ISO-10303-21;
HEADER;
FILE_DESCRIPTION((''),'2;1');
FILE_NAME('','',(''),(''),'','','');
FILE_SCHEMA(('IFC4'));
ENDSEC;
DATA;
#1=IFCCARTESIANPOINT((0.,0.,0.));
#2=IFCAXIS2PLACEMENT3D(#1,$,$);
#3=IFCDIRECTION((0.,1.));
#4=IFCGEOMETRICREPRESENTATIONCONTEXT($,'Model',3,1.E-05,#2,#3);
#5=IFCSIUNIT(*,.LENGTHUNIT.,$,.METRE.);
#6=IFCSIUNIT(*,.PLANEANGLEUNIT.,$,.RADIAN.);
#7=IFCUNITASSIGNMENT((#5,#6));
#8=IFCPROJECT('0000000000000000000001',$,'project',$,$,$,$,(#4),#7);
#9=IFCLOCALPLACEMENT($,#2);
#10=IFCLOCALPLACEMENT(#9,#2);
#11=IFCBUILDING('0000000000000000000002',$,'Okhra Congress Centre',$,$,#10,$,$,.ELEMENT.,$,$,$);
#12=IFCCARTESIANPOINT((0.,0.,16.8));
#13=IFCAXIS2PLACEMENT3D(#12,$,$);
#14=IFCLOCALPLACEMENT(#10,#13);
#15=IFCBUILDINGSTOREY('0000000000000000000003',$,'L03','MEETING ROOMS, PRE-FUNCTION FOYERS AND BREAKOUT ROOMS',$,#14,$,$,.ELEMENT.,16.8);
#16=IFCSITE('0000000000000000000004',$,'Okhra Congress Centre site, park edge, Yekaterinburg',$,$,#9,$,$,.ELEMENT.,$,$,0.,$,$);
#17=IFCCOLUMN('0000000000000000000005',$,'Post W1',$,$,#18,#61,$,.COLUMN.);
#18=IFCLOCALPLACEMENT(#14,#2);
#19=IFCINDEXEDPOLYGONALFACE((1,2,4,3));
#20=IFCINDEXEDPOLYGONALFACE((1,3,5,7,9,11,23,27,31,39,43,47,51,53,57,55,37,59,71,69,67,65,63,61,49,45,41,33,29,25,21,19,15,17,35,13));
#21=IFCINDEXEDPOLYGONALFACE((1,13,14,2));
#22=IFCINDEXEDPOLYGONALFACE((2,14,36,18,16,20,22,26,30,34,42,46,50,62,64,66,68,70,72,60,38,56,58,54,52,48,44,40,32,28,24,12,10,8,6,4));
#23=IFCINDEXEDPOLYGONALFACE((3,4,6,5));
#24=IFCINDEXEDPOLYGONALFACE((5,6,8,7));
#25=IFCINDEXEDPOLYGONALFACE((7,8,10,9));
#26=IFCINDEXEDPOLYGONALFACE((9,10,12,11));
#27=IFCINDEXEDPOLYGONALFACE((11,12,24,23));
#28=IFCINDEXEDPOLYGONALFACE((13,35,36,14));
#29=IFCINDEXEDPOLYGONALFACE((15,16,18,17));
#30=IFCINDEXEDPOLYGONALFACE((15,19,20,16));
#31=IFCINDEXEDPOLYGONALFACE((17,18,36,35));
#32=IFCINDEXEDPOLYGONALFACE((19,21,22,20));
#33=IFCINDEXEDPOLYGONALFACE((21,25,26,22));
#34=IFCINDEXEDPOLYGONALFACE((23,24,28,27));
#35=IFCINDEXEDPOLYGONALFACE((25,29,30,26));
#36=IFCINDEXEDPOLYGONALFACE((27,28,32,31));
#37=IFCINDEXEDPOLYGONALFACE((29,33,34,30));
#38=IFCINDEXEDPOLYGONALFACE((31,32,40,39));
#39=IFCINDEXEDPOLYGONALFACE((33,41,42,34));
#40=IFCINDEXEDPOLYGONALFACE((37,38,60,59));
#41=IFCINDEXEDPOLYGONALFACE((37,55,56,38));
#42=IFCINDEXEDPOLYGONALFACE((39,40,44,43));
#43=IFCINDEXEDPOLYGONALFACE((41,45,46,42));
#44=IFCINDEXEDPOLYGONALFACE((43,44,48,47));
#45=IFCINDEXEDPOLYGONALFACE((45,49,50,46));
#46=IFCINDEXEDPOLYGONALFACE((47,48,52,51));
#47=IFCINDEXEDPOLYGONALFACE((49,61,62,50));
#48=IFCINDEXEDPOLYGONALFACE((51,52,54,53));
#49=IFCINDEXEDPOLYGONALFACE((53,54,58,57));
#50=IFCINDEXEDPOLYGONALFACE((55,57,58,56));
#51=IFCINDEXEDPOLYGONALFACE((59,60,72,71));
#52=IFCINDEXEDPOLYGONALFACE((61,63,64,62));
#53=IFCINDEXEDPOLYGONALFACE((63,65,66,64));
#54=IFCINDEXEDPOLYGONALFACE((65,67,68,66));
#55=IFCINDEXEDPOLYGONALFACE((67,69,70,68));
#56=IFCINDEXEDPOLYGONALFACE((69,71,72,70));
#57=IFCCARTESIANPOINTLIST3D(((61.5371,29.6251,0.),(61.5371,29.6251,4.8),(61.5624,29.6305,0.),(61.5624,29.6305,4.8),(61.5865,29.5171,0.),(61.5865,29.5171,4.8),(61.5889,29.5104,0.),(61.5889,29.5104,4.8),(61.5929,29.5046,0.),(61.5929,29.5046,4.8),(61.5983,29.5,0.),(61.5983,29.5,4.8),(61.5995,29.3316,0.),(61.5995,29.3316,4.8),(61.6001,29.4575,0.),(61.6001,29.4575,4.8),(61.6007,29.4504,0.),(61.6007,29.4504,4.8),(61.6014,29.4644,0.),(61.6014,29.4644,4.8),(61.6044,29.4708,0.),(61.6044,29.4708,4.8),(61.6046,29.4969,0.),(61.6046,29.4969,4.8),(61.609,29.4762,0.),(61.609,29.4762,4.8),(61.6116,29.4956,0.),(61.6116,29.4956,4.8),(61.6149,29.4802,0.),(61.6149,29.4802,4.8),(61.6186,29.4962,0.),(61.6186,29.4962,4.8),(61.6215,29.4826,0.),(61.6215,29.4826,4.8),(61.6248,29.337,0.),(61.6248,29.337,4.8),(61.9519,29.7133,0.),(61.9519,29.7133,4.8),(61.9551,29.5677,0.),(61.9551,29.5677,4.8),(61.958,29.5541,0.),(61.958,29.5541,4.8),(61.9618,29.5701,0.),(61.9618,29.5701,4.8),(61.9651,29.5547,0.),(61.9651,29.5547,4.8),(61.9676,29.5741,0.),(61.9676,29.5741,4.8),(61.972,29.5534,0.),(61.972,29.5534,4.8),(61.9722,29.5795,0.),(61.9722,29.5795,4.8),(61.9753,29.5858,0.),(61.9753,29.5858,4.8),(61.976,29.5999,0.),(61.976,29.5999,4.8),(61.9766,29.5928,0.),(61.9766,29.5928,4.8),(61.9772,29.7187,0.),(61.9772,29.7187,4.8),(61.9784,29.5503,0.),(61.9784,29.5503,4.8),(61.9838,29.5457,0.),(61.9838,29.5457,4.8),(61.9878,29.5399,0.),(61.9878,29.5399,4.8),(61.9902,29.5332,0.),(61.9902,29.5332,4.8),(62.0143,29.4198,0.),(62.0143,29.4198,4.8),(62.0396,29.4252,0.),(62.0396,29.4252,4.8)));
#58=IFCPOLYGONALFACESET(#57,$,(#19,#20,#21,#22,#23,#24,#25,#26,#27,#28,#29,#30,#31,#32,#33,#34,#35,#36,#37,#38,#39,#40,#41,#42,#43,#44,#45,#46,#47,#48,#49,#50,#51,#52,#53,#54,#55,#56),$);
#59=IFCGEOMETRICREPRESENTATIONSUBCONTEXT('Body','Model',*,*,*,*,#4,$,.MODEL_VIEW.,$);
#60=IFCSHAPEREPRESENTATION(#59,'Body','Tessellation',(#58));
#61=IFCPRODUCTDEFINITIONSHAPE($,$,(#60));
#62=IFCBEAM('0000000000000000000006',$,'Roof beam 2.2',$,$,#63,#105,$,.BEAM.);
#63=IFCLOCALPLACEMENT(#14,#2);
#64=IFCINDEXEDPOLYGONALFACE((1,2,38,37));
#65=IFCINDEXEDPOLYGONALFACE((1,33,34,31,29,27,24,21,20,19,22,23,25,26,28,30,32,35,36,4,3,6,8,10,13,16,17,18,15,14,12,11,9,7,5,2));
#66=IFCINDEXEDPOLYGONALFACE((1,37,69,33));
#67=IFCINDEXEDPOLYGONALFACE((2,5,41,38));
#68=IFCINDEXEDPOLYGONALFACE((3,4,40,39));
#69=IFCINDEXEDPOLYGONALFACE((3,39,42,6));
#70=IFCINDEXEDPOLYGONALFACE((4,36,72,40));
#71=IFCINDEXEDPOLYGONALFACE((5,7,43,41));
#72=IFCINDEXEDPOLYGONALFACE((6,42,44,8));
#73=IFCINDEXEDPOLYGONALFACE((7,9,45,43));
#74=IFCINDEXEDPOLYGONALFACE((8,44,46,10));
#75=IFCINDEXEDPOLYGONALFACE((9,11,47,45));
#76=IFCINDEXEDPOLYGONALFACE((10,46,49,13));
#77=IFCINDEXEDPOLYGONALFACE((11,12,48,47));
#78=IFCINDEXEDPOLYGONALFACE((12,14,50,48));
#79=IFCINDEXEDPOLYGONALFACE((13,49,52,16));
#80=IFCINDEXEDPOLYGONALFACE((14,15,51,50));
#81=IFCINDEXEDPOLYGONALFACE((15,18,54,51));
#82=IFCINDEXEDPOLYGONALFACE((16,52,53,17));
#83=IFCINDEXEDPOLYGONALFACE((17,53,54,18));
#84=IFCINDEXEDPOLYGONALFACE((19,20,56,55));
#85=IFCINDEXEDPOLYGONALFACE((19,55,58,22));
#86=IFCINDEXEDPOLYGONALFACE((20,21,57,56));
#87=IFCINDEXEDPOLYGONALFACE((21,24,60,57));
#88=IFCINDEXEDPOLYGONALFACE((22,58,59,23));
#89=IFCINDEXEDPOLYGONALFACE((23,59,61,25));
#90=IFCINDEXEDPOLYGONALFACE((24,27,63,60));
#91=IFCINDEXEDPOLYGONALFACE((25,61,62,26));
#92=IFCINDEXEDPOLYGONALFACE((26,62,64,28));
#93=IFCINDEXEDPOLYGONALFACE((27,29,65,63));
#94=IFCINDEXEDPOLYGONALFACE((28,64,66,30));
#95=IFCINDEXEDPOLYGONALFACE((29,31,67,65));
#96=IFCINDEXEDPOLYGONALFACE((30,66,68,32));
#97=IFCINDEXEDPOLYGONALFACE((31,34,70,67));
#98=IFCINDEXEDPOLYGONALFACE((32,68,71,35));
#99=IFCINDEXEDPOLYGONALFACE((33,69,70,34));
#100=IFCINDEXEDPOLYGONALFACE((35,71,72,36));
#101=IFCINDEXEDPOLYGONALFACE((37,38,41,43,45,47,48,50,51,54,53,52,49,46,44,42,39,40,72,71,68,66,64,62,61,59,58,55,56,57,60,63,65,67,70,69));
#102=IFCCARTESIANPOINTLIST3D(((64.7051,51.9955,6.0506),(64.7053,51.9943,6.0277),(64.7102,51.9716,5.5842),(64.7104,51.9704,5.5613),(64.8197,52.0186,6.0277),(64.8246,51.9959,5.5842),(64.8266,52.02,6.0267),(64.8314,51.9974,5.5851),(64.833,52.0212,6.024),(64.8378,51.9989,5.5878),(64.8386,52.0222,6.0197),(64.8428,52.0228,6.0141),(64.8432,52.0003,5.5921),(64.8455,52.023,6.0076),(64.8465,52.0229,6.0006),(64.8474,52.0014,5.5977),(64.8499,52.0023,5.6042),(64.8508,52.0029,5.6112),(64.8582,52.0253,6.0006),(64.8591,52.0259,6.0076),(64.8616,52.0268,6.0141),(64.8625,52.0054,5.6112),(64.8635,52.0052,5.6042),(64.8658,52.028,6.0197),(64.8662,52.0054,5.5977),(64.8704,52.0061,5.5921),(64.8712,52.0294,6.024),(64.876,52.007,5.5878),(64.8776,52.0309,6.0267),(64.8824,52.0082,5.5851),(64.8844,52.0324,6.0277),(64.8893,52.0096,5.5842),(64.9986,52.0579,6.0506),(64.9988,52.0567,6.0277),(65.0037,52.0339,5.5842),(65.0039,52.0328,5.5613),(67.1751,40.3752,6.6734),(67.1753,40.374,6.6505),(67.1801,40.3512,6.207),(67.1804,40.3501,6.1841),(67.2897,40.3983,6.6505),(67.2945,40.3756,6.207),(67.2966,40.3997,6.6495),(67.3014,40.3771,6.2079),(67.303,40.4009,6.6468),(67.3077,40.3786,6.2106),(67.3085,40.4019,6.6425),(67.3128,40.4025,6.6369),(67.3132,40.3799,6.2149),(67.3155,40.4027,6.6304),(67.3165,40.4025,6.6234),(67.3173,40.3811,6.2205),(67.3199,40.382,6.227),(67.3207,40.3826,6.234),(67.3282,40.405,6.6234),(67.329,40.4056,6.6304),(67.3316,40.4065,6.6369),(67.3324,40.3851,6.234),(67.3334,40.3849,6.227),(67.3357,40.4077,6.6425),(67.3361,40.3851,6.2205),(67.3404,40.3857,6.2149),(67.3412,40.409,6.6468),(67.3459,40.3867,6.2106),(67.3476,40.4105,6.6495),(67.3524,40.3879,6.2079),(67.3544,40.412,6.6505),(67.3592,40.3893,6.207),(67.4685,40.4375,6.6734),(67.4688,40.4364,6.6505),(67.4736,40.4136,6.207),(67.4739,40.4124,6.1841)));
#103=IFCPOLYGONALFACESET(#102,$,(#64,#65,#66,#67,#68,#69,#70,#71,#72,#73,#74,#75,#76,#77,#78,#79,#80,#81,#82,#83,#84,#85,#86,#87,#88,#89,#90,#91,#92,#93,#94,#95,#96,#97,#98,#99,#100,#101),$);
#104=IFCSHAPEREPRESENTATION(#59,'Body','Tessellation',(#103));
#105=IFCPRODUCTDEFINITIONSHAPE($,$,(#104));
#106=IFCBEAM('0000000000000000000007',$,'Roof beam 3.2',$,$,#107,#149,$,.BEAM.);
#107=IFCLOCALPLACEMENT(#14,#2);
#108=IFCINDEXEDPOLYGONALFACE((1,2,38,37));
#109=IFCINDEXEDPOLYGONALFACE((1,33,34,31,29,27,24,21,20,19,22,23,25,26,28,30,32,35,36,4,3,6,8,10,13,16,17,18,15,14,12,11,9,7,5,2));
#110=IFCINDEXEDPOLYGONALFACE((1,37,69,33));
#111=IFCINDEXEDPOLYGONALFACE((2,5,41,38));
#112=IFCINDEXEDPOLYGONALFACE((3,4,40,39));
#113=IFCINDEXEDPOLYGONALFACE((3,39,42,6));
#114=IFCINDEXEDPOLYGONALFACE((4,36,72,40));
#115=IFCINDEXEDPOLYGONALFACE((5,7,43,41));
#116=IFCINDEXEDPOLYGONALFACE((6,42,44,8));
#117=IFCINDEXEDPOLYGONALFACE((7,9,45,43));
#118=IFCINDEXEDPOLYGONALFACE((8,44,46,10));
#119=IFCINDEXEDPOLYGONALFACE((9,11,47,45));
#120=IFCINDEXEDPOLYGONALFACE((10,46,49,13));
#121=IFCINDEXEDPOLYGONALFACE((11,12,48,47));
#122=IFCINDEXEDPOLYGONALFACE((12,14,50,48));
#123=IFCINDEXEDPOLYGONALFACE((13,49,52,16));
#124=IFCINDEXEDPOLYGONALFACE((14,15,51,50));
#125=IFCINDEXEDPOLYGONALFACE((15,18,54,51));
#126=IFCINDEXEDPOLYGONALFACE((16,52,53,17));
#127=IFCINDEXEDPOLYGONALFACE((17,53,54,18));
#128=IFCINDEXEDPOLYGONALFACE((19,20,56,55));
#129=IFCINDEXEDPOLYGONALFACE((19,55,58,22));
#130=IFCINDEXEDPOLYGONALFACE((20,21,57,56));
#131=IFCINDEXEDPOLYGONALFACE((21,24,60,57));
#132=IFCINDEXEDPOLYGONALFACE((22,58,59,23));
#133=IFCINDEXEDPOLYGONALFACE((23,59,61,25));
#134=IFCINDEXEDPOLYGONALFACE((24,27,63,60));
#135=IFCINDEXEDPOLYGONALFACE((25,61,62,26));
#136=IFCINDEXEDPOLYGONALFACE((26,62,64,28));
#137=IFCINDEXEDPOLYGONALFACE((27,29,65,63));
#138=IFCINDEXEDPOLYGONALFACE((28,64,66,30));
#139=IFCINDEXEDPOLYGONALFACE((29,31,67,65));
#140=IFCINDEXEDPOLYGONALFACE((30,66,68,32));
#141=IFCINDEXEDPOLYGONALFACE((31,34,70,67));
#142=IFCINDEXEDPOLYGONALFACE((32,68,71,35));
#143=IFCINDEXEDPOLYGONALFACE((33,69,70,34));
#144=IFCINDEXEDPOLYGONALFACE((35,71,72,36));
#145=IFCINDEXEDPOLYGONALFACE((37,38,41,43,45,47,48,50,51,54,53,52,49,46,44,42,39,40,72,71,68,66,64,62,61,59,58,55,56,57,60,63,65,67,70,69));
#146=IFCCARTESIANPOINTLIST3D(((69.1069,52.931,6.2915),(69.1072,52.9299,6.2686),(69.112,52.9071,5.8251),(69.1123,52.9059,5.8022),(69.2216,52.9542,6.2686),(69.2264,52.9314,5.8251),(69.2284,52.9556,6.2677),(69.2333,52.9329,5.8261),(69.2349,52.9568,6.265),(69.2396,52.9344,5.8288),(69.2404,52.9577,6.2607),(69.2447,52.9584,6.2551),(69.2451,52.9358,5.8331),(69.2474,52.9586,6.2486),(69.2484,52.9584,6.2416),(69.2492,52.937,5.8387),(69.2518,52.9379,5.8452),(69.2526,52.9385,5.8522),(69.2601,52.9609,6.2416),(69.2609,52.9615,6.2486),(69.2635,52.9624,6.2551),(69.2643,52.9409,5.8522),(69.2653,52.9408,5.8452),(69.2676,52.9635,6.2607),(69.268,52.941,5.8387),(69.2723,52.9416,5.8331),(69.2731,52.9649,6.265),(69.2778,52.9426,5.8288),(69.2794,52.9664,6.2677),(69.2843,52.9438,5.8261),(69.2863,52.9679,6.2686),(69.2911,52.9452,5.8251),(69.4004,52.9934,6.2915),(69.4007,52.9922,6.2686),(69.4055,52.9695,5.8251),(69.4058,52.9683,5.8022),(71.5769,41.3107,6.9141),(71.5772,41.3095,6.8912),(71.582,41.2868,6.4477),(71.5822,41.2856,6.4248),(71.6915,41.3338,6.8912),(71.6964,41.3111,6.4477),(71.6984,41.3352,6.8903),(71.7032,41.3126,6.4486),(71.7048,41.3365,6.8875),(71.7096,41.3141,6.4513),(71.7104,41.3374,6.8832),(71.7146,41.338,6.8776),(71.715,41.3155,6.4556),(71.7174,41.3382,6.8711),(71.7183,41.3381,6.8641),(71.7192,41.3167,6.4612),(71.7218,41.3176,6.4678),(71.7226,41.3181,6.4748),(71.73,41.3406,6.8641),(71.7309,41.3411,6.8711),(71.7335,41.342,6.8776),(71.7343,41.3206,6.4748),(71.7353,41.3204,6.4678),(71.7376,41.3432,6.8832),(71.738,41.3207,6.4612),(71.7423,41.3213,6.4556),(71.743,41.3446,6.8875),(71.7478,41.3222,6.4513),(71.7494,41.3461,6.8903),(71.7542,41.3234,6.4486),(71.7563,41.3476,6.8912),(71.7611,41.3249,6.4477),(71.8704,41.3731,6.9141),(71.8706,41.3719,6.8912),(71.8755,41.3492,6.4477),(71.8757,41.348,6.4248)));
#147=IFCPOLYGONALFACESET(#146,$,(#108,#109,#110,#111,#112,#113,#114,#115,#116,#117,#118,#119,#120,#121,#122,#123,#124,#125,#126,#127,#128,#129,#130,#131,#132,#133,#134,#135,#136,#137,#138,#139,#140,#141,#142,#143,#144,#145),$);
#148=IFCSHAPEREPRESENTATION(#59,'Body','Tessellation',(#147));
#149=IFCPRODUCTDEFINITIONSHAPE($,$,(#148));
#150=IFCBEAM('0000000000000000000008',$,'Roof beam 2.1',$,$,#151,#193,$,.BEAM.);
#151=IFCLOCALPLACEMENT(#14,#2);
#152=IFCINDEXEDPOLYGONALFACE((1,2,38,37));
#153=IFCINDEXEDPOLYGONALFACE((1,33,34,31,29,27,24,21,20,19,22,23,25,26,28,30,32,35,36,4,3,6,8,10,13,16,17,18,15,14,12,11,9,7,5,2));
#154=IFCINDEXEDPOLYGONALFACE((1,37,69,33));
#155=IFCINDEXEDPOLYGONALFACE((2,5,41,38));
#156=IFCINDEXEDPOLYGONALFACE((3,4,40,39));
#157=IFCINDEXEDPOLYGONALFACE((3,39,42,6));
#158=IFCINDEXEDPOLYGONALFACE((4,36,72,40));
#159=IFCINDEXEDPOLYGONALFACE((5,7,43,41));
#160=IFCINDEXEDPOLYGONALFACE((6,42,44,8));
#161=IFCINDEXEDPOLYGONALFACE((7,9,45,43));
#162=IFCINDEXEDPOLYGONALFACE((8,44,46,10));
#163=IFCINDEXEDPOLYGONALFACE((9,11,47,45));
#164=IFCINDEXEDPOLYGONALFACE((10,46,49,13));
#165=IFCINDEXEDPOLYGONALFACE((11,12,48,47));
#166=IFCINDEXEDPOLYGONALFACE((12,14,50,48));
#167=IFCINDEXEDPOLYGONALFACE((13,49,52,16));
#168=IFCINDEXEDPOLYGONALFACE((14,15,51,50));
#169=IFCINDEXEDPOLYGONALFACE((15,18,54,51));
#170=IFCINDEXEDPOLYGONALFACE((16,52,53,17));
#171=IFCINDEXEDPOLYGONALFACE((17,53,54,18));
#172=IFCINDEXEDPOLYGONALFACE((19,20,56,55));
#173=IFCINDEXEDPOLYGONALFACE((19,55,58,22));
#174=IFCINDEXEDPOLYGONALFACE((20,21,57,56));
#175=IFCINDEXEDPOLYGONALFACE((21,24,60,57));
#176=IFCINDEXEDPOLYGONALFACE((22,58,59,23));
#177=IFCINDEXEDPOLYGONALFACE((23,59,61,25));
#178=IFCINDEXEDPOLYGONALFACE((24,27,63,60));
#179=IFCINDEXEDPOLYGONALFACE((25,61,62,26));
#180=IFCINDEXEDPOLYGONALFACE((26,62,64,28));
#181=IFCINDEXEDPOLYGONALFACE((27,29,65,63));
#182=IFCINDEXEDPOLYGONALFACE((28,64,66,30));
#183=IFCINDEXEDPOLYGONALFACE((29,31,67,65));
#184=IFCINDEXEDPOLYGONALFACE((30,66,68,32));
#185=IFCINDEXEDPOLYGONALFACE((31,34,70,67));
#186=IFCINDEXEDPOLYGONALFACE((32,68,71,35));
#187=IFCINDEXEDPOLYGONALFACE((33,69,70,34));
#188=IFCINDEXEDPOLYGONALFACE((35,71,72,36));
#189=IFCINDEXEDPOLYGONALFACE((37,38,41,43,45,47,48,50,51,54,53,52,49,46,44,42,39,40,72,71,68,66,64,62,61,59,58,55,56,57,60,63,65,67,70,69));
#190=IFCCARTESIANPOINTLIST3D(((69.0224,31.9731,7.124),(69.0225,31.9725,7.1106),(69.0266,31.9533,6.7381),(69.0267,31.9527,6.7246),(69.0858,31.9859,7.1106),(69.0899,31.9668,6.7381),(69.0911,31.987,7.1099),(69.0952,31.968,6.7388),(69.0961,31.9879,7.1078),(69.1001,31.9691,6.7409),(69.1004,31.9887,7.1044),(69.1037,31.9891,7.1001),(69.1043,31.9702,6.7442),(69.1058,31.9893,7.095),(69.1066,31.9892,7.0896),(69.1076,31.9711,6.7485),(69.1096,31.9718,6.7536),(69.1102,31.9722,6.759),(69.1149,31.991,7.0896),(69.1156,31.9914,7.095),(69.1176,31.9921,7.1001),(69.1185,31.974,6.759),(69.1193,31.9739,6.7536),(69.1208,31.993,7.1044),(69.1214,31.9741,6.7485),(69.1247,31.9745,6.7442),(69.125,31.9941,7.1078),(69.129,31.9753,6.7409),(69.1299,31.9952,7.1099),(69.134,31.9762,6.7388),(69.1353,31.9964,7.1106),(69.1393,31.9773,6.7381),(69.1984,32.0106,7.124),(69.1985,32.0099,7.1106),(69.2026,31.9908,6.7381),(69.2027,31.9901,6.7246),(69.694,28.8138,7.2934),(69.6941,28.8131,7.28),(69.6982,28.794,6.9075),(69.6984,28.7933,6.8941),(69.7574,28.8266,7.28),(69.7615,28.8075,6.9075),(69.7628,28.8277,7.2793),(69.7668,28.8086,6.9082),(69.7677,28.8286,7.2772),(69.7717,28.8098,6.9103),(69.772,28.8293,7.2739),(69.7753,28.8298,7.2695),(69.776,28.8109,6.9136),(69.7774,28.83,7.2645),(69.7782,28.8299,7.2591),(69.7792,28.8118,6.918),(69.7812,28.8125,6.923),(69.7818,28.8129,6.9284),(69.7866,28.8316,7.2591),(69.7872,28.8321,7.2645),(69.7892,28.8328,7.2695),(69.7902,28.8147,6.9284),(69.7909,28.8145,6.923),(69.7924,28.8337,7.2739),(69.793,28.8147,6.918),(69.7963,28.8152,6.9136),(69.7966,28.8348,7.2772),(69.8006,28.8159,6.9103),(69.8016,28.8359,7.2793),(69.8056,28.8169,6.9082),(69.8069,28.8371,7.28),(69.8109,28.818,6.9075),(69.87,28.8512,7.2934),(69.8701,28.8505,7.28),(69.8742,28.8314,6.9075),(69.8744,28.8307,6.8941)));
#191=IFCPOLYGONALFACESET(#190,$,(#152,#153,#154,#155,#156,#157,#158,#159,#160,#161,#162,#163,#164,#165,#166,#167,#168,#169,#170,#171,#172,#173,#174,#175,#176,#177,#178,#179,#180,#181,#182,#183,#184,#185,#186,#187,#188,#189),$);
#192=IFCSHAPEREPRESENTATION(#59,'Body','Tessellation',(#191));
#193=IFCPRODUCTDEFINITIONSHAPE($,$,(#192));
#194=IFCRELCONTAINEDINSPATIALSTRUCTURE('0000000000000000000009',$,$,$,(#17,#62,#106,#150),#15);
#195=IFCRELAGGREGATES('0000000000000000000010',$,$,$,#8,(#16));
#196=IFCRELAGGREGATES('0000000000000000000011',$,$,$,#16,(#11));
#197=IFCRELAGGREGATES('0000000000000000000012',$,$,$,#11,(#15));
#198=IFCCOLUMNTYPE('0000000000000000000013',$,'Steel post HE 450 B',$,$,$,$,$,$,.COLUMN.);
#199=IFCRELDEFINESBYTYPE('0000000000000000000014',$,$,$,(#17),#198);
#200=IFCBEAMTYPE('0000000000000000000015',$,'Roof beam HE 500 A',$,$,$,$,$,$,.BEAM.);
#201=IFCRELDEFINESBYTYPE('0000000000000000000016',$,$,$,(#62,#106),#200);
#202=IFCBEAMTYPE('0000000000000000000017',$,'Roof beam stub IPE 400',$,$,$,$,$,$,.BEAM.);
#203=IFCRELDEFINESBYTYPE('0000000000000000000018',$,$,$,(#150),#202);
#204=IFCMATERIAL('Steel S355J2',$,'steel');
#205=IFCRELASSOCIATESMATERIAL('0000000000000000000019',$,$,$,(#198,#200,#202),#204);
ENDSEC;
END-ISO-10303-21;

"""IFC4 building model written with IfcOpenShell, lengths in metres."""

from ifc_helpers import new_model, si_unit, direction, frame, origin, origin_2d, place, context, subcontext, project, spatial, i_section, extrude, material, material_profile, profile_set, type_object, element, save


model = new_model("IFC4")

# Units and contexts
model_context = context("Model", 3, precision=1e-05, world=origin(), true_north=direction((0.0, 1.0)))
body_context = subcontext(model_context, "Body", "Model", "MODEL_VIEW")
ifc_project = project(units=[si_unit("LENGTHUNIT", "METRE"), si_unit("PLANEANGLEUNIT", "RADIAN")], contexts=[model_context])

# Site, building, storey
site_placement = place(None, origin())
site = spatial("IfcSite", under=ifc_project, at=site_placement, Name="Okhra Congress Centre site, park edge, Yekaterinburg", CompositionType="ELEMENT", RefElevation=0.0)
building_placement = place(site_placement, origin())
building = spatial("IfcBuilding", under=site, at=building_placement, Name="Okhra Congress Centre", CompositionType="ELEMENT")
storey_placement = place(building_placement, frame((0.0, 0.0, 16.8)))
storey = spatial("IfcBuildingStorey", under=building, at=storey_placement, Name="L03", Description="MEETING ROOMS, PRE-FUNCTION FOYERS AND BREAKOUT ROOMS", CompositionType="ELEMENT", Elevation=16.8)

# Column
ifc_material_1 = material(Name="Steel S355J2", Category="steel")
ifc_material_profile_1 = material_profile(ifc_material_1, i_section(OverallWidth=0.3, OverallDepth=0.45, WebThickness=0.0139, FlangeThickness=0.0259, FilletRadius=0.0271, at=origin_2d()), Name="HE 450 B")
ifc_profile_set_1 = profile_set([ifc_material_profile_1], Name="Steel S355J2")
column_type = type_object("IfcColumnType", Name="Steel post HE 450 B", PredefinedType="COLUMN", material=ifc_profile_set_1)
column_placement = place(storey_placement, frame((61.7883, 29.5251, 0.0), z_axis=(0.0, 0.0, 1.0), x_axis=(-0.207912, 0.978148, 0.0)))
element("IfcColumn", 1, at=column_placement, inside=storey, type_object=column_type, Name="Post W1", PredefinedType="COLUMN", context=body_context, shape_type="SweptSolid", body=[
    extrude(i_section(OverallWidth=0.3, OverallDepth=0.45, WebThickness=0.0139, FlangeThickness=0.0259, FilletRadius=0.0271, at=origin_2d()), origin(), (0.0, 0.0, 1.0), 4.8),
])

# Beams
ifc_material_profile_2 = material_profile(ifc_material_1, i_section(OverallWidth=0.3, OverallDepth=0.49, WebThickness=0.012, FlangeThickness=0.0229, FilletRadius=0.0271, at=origin_2d()), Name="HE 500 A")
ifc_profile_set_2 = profile_set([ifc_material_profile_2], Name="Steel S355J2")
beam_type_1 = type_object("IfcBeamType", Name="Roof beam HE 500 A", PredefinedType="BEAM", material=ifc_profile_set_2)
for number, where, z_axis, x_axis, name in (
    (2, (67.3245, 40.3938, 6.4287), (-0.207625, 0.976806, -0.052353), (-0.978148, -0.207911, 0.0), "Roof beam 2.2"),
    (3, (71.7263, 41.3293, 6.6694), (-0.207626, 0.976808, -0.052332), (-0.978148, -0.207911, 0.0), "Roof beam 3.2"),
):
    element("IfcBeam", number, at=place(storey_placement, frame(where, z_axis=z_axis, x_axis=x_axis)), inside=storey, type_object=beam_type_1, Name=name, PredefinedType="BEAM", context=body_context, shape_type="SweptSolid", body=[
        extrude(i_section(OverallWidth=0.3, OverallDepth=0.49, WebThickness=0.012, FlangeThickness=0.0229, FilletRadius=0.0271, at=origin_2d()), origin(), (0.0, 0.0, 1.0), 11.8962),
    ])
ifc_material_profile_3 = material_profile(ifc_material_1, i_section(OverallWidth=0.1799, OverallDepth=0.3999, WebThickness=0.0085, FlangeThickness=0.0134, FilletRadius=0.021, at=origin_2d()), Name="IPE 400")
ifc_profile_set_3 = profile_set([ifc_material_profile_3], Name="Steel S355J2")
beam_type_2 = type_object("IfcBeamType", Name="Roof beam stub IPE 400", PredefinedType="BEAM", material=ifc_profile_set_3)
beam_placement = place(storey_placement, frame((69.7842, 28.8223, 7.0938), z_axis=(-0.207648, 0.9768, -0.052384), x_axis=(-0.978143, -0.207934, 0.0)))
element("IfcBeam", 4, at=beam_placement, inside=storey, type_object=beam_type_2, Name="Roof beam 2.1", PredefinedType="BEAM", context=body_context, shape_type="SweptSolid", body=[
    extrude(i_section(OverallWidth=0.1799, OverallDepth=0.3999, WebThickness=0.0085, FlangeThickness=0.0134, FilletRadius=0.021, at=origin_2d()), origin(), (0.0, 0.0, 1.0), 3.2344),
])

save(model, "model.ifc")
